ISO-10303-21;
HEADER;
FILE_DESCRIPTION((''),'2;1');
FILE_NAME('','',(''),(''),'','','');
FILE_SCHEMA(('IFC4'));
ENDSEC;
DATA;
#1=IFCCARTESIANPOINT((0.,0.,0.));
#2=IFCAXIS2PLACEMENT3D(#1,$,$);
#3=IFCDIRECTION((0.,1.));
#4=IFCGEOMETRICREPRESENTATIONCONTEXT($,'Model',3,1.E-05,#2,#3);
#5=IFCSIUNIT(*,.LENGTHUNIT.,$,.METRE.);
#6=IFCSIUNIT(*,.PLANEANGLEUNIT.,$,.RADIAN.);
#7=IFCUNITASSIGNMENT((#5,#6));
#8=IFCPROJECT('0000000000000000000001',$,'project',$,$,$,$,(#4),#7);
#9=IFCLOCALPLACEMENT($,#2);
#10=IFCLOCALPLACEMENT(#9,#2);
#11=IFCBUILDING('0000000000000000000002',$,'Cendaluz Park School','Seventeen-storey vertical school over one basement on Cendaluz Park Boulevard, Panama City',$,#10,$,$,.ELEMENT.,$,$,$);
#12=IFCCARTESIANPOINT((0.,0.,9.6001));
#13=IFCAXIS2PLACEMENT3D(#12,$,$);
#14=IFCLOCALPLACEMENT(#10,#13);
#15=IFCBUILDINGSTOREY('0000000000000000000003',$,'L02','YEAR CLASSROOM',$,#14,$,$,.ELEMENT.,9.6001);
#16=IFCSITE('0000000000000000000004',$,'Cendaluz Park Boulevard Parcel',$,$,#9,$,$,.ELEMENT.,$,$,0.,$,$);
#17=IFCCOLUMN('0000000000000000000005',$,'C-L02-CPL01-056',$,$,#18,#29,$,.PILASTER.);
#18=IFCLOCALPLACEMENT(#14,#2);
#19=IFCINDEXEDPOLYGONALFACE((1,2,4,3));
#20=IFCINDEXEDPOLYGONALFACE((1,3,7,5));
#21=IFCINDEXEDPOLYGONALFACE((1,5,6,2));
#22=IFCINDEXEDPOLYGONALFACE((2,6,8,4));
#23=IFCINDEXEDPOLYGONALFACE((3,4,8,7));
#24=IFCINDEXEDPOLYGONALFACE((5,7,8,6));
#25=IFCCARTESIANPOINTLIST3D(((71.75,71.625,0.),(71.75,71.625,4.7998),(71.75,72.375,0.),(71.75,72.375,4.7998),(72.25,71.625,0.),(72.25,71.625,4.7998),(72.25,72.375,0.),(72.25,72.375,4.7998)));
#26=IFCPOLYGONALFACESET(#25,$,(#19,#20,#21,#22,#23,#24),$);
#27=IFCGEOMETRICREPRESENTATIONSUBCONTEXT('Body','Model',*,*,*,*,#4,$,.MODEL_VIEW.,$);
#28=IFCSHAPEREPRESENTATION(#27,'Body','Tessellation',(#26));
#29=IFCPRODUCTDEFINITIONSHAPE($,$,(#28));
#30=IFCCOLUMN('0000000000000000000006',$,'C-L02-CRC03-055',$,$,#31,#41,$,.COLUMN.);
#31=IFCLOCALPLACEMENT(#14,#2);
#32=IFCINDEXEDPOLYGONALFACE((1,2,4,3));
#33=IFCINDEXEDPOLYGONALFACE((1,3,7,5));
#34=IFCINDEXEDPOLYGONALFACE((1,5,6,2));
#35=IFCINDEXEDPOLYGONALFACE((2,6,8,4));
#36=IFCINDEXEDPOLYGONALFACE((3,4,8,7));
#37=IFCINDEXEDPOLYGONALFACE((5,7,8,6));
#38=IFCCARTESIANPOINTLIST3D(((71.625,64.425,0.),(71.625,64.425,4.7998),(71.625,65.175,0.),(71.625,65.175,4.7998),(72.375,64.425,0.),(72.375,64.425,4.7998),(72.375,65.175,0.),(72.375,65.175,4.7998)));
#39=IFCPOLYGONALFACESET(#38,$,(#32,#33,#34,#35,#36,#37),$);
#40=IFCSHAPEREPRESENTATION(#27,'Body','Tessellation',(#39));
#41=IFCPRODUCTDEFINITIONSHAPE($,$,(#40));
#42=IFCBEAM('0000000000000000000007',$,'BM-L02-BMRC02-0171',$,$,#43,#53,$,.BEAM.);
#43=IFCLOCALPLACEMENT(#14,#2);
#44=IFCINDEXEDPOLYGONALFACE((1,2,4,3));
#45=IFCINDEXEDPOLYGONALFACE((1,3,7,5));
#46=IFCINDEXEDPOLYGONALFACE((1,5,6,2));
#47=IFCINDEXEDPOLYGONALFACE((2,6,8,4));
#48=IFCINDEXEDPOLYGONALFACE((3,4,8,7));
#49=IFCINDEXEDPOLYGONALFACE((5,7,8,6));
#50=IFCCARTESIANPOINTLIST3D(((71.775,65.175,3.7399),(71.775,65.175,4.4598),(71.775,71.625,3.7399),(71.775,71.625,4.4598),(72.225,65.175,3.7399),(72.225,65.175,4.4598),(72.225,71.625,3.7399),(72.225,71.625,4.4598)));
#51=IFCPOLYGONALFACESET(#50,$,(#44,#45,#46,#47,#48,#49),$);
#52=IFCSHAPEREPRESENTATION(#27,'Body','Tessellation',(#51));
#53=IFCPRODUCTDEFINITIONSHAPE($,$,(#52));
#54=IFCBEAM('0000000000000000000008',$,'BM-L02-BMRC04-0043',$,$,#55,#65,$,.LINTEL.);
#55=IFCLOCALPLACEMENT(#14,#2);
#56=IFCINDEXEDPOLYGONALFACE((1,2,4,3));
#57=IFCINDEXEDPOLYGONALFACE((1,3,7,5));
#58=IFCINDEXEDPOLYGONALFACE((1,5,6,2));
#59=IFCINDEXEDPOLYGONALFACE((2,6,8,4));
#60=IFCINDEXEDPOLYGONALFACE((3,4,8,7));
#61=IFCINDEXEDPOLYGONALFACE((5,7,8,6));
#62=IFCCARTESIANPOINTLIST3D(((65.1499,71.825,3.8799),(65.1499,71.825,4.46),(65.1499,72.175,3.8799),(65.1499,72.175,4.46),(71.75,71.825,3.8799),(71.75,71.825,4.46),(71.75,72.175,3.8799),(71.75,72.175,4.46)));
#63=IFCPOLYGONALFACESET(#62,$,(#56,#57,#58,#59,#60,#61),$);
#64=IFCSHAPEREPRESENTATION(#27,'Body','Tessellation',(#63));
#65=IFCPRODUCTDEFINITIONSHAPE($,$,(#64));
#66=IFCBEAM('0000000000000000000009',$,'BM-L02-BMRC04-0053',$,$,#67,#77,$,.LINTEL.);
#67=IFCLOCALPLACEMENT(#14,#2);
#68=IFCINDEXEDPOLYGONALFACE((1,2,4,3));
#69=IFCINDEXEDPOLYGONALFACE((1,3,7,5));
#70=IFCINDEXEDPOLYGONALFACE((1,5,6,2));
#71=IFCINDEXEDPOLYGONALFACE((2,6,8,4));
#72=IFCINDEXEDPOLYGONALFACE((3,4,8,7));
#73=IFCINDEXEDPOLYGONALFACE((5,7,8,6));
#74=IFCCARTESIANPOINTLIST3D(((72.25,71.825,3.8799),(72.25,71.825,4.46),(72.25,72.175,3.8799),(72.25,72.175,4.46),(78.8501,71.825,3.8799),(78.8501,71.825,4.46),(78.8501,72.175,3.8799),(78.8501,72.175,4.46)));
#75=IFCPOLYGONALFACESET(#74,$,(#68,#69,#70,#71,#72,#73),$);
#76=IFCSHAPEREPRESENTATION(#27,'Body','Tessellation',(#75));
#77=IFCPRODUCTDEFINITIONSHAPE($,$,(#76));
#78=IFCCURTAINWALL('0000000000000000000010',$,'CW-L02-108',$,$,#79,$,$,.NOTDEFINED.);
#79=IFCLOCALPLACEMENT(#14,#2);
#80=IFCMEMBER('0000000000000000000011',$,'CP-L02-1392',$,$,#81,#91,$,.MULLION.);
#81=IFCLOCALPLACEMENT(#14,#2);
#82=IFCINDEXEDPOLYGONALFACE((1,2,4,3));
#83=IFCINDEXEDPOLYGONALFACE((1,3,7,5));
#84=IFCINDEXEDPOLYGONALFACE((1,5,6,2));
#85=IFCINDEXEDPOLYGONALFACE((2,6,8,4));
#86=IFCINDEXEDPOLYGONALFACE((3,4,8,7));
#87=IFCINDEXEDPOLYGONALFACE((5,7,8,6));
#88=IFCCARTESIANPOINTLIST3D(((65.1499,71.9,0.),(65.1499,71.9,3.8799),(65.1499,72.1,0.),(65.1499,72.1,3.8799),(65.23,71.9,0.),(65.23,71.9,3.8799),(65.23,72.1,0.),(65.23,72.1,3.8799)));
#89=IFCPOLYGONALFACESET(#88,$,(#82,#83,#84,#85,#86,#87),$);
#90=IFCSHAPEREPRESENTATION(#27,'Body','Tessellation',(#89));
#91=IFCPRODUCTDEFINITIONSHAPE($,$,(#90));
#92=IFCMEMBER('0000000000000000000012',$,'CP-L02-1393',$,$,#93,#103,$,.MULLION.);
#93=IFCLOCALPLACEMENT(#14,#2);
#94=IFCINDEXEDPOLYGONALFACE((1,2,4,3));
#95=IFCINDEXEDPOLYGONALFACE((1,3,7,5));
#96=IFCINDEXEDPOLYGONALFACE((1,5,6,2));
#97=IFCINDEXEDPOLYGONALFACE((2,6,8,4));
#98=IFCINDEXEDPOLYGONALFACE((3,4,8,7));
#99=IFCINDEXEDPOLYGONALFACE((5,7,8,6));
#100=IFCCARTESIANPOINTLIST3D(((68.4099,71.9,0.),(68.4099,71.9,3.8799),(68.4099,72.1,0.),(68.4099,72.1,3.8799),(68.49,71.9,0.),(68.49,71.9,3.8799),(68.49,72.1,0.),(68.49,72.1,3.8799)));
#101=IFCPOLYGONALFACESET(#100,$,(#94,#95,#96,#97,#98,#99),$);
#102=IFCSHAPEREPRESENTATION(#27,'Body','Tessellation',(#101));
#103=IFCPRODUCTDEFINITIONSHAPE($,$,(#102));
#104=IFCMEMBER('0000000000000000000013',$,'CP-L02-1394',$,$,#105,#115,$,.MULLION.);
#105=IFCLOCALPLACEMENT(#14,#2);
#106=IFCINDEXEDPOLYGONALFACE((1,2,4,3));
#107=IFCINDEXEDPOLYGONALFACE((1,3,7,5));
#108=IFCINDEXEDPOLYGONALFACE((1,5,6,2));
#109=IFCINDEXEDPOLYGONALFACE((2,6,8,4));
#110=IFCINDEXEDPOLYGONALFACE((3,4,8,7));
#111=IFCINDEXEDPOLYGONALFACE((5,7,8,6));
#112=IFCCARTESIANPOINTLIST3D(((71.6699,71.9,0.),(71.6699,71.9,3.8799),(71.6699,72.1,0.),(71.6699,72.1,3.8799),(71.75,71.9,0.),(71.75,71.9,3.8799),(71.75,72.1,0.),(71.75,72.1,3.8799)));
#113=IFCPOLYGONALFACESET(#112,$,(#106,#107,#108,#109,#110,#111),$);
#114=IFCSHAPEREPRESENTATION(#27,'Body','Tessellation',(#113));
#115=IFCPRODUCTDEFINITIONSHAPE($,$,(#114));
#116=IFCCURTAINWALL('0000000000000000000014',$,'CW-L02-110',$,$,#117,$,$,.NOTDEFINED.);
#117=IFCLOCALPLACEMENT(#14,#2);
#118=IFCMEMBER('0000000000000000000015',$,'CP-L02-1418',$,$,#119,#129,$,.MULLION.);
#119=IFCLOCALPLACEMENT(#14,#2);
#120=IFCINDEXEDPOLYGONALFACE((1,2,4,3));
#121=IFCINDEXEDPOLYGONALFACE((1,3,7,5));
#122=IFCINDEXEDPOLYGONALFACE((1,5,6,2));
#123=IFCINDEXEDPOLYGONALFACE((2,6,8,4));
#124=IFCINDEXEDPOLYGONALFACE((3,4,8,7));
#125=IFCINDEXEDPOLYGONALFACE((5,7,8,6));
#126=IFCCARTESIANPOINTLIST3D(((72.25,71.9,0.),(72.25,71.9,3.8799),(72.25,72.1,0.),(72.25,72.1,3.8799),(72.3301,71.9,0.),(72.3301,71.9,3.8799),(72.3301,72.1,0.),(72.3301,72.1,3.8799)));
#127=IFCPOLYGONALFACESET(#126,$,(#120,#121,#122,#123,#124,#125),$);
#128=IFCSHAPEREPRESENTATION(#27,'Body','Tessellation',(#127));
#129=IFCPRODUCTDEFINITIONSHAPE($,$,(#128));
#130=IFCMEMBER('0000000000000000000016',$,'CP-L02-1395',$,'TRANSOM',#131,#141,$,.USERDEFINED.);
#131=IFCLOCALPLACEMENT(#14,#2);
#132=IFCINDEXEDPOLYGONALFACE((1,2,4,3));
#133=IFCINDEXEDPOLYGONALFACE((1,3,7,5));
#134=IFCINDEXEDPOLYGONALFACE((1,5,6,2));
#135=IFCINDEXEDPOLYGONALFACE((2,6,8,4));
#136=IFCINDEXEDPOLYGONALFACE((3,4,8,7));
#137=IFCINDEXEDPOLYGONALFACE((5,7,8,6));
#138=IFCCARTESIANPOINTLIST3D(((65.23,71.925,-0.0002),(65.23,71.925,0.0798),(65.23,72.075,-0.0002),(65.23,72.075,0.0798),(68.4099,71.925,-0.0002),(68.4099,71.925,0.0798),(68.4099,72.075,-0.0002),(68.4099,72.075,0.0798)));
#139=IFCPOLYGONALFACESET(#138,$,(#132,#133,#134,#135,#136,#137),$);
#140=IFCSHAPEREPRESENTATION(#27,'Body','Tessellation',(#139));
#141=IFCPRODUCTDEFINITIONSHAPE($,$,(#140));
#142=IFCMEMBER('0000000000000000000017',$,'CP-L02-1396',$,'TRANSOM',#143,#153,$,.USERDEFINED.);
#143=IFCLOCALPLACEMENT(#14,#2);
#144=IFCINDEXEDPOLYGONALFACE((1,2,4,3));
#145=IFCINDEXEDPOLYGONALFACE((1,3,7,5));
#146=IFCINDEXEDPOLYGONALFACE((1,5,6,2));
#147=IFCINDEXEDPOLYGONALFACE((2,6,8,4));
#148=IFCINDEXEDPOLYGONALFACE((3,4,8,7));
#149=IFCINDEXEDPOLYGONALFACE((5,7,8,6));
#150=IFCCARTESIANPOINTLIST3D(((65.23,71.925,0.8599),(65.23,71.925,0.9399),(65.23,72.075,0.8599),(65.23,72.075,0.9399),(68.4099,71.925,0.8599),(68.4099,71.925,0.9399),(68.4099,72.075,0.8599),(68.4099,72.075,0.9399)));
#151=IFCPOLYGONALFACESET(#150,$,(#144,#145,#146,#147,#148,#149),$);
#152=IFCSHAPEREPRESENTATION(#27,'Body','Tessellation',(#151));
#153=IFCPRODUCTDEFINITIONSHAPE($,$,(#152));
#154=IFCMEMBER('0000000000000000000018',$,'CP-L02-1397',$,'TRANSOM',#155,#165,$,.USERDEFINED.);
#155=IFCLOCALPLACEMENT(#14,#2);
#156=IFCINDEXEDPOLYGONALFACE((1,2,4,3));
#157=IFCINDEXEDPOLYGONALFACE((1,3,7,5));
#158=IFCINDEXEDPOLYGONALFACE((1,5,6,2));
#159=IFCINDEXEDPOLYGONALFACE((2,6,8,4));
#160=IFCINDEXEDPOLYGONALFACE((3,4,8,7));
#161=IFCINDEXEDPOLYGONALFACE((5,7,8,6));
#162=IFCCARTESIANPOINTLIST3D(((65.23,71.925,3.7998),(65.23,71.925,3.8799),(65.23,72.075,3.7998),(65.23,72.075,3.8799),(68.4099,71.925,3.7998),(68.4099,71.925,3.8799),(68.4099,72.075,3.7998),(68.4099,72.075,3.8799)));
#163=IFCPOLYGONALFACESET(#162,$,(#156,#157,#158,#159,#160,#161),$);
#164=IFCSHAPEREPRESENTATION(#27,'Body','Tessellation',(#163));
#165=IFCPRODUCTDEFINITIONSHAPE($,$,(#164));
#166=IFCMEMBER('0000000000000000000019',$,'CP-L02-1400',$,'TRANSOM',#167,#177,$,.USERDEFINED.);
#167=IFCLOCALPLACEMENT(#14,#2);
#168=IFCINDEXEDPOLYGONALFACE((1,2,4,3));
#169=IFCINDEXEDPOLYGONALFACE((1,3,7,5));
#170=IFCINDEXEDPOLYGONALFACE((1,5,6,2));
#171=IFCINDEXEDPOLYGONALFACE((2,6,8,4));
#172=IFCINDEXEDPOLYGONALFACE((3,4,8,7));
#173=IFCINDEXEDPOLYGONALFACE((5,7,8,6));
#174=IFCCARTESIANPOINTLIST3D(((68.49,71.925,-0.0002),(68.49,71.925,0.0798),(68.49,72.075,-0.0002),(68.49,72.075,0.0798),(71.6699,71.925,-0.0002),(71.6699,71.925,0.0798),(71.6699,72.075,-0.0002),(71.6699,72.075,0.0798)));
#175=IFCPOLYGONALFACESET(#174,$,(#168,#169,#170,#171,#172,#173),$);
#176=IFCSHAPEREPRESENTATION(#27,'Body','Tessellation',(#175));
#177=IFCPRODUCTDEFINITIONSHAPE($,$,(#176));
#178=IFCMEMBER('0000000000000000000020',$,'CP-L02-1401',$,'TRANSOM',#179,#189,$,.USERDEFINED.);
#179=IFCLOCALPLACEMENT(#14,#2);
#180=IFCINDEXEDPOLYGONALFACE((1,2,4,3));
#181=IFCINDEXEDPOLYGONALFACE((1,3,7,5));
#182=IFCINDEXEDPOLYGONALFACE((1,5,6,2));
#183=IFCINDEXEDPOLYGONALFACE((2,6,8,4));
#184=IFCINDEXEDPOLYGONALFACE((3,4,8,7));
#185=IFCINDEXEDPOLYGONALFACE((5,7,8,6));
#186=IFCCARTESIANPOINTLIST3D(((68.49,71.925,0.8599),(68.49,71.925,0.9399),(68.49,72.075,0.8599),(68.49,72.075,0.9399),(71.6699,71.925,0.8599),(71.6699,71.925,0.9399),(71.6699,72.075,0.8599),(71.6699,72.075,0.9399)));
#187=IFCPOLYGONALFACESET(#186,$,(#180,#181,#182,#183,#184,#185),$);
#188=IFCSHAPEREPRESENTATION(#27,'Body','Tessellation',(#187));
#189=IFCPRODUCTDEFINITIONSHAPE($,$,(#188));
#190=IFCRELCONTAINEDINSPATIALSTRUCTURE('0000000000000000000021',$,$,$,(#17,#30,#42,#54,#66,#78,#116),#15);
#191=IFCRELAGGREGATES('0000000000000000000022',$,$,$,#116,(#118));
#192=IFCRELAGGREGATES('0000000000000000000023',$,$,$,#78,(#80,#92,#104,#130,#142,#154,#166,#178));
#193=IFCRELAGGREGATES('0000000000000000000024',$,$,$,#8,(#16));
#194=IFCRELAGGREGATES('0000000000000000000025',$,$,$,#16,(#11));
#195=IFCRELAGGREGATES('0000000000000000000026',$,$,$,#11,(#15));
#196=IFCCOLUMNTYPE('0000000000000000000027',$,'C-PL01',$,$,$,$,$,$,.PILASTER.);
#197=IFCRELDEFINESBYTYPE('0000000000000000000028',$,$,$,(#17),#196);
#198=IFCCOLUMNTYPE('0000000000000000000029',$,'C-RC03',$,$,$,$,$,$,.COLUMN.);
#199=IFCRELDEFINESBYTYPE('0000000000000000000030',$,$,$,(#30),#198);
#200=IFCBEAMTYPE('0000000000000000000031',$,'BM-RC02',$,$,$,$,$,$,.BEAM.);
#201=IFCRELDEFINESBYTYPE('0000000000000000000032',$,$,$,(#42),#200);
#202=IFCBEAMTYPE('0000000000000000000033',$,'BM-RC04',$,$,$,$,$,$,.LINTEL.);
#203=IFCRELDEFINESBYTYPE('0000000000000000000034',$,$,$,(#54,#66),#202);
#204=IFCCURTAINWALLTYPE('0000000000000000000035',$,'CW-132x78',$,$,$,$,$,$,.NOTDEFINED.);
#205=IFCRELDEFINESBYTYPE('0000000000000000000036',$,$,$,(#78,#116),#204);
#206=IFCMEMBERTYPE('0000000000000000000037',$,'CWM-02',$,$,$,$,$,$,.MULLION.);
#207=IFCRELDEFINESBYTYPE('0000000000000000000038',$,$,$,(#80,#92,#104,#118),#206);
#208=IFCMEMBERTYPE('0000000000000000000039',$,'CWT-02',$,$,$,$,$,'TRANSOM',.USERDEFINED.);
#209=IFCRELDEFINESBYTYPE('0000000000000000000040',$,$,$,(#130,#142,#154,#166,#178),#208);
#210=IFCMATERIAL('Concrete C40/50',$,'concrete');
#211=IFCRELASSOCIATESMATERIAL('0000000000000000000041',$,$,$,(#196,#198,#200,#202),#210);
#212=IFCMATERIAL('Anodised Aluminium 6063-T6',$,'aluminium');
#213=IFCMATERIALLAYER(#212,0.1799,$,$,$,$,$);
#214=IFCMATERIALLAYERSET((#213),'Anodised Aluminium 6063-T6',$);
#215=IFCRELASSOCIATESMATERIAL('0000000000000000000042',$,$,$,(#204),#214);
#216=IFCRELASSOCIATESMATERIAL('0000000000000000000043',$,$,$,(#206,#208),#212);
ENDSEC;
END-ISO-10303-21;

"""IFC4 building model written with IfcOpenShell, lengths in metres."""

from ifc_helpers import new_model, si_unit, direction, frame, origin, origin_2d, place, context, subcontext, project, spatial, rectangle, extrude, material, layer, layer_set, material_profile, profile_set, type_object, element, aggregate, save


model = new_model("IFC4")

# Units and contexts
model_context = context("Model", 3, precision=1e-05, world=origin(), true_north=direction((0.0, 1.0)))
body_context = subcontext(model_context, "Body", "Model", "MODEL_VIEW")
ifc_project = project(units=[si_unit("LENGTHUNIT", "METRE"), si_unit("PLANEANGLEUNIT", "RADIAN")], contexts=[model_context])

# Site, building, storey
site_placement = place(None, origin())
site = spatial("IfcSite", under=ifc_project, at=site_placement, Name="Cendaluz Park Boulevard Parcel", CompositionType="ELEMENT", RefElevation=0.0)
building_placement = place(site_placement, origin())
building = spatial("IfcBuilding", under=site, at=building_placement, Name="Cendaluz Park School", Description="Seventeen-storey vertical school over one basement on Cendaluz Park Boulevard, Panama City", CompositionType="ELEMENT")
storey_placement = place(building_placement, frame((0.0, 0.0, 9.6001)))
storey = spatial("IfcBuildingStorey", under=building, at=storey_placement, Name="L02", Description="YEAR CLASSROOM", CompositionType="ELEMENT", Elevation=9.6001)

# Columns
ifc_material_1 = material(Name="Concrete C40/50", Category="concrete")
ifc_material_profile_1 = material_profile(ifc_material_1, rectangle(XDim=0.5, YDim=0.75, at=origin_2d()), Name="RC 500x750", Category="concrete")
ifc_profile_set_1 = profile_set([ifc_material_profile_1], Name="Concrete C40/50")
column_type_1 = type_object("IfcColumnType", Name="C-PL01", PredefinedType="PILASTER", material=ifc_profile_set_1)
column_1_placement = place(storey_placement, frame((72.0, 72.0, 0.0), z_axis=(0.0, 0.0, 1.0), x_axis=(1.0, 0.0, 0.0)))
element("IfcColumn", 1, at=column_1_placement, inside=storey, type_object=column_type_1, Name="C-L02-CPL01-056", PredefinedType="PILASTER", context=body_context, shape_type="SweptSolid", body=[
    extrude(rectangle(XDim=0.5, YDim=0.75, at=origin_2d()), origin(), (0.0, 0.0, 1.0), 4.7998),
])
ifc_material_profile_2 = material_profile(ifc_material_1, rectangle(XDim=0.75, YDim=0.75, at=origin_2d()), Name="RC 750x750", Category="concrete")
ifc_profile_set_2 = profile_set([ifc_material_profile_2], Name="Concrete C40/50")
column_type_2 = type_object("IfcColumnType", Name="C-RC03", PredefinedType="COLUMN", material=ifc_profile_set_2)
column_2_placement = place(storey_placement, frame((72.0, 64.8, 0.0), z_axis=(0.0, 0.0, 1.0), x_axis=(1.0, 0.0, 0.0)))
element("IfcColumn", 2, at=column_2_placement, inside=storey, type_object=column_type_2, Name="C-L02-CRC03-055", PredefinedType="COLUMN", context=body_context, shape_type="SweptSolid", body=[
    extrude(rectangle(XDim=0.75, YDim=0.75, at=origin_2d()), origin(), (0.0, 0.0, 1.0), 4.7998),
])

# Beams
ifc_material_profile_3 = material_profile(ifc_material_1, rectangle(XDim=0.45, YDim=0.72, at=origin_2d()), Name="RC 450x720", Category="concrete")
ifc_profile_set_3 = profile_set([ifc_material_profile_3], Name="Concrete C40/50")
beam_type_1 = type_object("IfcBeamType", Name="BM-RC02", PredefinedType="BEAM", material=ifc_profile_set_3)
beam_placement = place(storey_placement, frame((72.0, 65.175, 4.0999), z_axis=(0.0, 1.0, 0.0), x_axis=(-1.0, 0.0, 0.0)))
element("IfcBeam", 3, at=beam_placement, inside=storey, type_object=beam_type_1, Name="BM-L02-BMRC02-0171", PredefinedType="BEAM", context=body_context, shape_type="SweptSolid", body=[
    extrude(rectangle(XDim=0.45, YDim=0.72, at=origin_2d()), origin(), (0.0, 0.0, 1.0), 6.45),
])
ifc_material_profile_4 = material_profile(ifc_material_1, rectangle(XDim=0.3501, YDim=0.5801, at=origin_2d()), Name="RC 350x580", Category="concrete")
ifc_profile_set_4 = profile_set([ifc_material_profile_4], Name="Concrete C40/50")
beam_type_2 = type_object("IfcBeamType", Name="BM-RC04", PredefinedType="LINTEL", material=ifc_profile_set_4)
for number, where, z_axis, x_axis, name in (
    (4, (65.1499, 72.0, 4.1699), (1.0, 0.0, 0.0), (0.0, 1.0, 0.0), "BM-L02-BMRC04-0043"),
    (5, (72.25, 72.0, 4.1699), (1.0, 0.0, 0.0), (0.0, 1.0, 0.0), "BM-L02-BMRC04-0053"),
):
    element("IfcBeam", number, at=place(storey_placement, frame(where, z_axis=z_axis, x_axis=x_axis)), inside=storey, type_object=beam_type_2, Name=name, PredefinedType="LINTEL", context=body_context, shape_type="SweptSolid", body=[
        extrude(rectangle(XDim=0.3501, YDim=0.5801, at=origin_2d()), origin(), (0.0, 0.0, 1.0), 6.6001),
    ])

# Curtain wall, members
ifc_material_2 = material(Name="Anodised Aluminium 6063-T6", Category="aluminium")
ifc_layer_1 = layer(ifc_material_2, 0.1799)
ifc_layer_set_1 = layer_set([ifc_layer_1], Name="Anodised Aluminium 6063-T6")
curtain_wall_type = type_object("IfcCurtainWallType", Name="CW-132x78", PredefinedType="NOTDEFINED", material=ifc_layer_set_1)
curtain_wall_1_placement = place(storey_placement, origin())
curtain_wall_1 = element("IfcCurtainWall", 6, at=curtain_wall_1_placement, inside=storey, type_object=curtain_wall_type, Name="CW-L02-108", PredefinedType="NOTDEFINED")
ifc_material_profile_5 = material_profile(ifc_material_2, rectangle(XDim=0.2, YDim=0.0801, at=origin_2d()), Name="CWM 200x80", Category="aluminium")
ifc_profile_set_5 = profile_set([ifc_material_profile_5], Name="Anodised Aluminium 6063-T6")
member_type_1 = type_object("IfcMemberType", Name="CWM-02", PredefinedType="MULLION", material=ifc_profile_set_5)
member_1_placement = place(storey_placement, frame((65.1899, 72.0, 0.0), z_axis=(0.0, 0.0, 1.0), x_axis=(0.0, 1.0, 0.0)))
member_1 = element("IfcMember", 7, at=member_1_placement, type_object=member_type_1, Name="CP-L02-1392", PredefinedType="MULLION", context=body_context, shape_type="SweptSolid", body=[
    extrude(rectangle(XDim=0.2, YDim=0.0801, at=origin_2d()), origin(), (0.0, 0.0, 1.0), 3.8799),
])
member_2_placement = place(storey_placement, frame((68.45, 72.0, 0.0), z_axis=(0.0, 0.0, 1.0), x_axis=(0.0, 1.0, 0.0)))
member_2 = element("IfcMember", 8, at=member_2_placement, type_object=member_type_1, Name="CP-L02-1393", PredefinedType="MULLION", context=body_context, shape_type="SweptSolid", body=[
    extrude(rectangle(XDim=0.2, YDim=0.0801, at=origin_2d()), origin(), (0.0, 0.0, 1.0), 3.8799),
])
member_3_placement = place(storey_placement, frame((71.71, 72.0, 0.0), z_axis=(0.0, 0.0, 1.0), x_axis=(0.0, 1.0, 0.0)))
member_3 = element("IfcMember", 9, at=member_3_placement, type_object=member_type_1, Name="CP-L02-1394", PredefinedType="MULLION", context=body_context, shape_type="SweptSolid", body=[
    extrude(rectangle(XDim=0.2, YDim=0.0801, at=origin_2d()), origin(), (0.0, 0.0, 1.0), 3.8799),
])

# Curtain wall, member
curtain_wall_2_placement = place(storey_placement, origin())
curtain_wall_2 = element("IfcCurtainWall", 10, at=curtain_wall_2_placement, inside=storey, type_object=curtain_wall_type, Name="CW-L02-110", PredefinedType="NOTDEFINED")
member_4_placement = place(storey_placement, frame((72.29, 72.0, 0.0), z_axis=(0.0, 0.0, 1.0), x_axis=(0.0, 1.0, 0.0)))
member_4 = element("IfcMember", 11, at=member_4_placement, type_object=member_type_1, Name="CP-L02-1418", PredefinedType="MULLION", context=body_context, shape_type="SweptSolid", body=[
    extrude(rectangle(XDim=0.2, YDim=0.0801, at=origin_2d()), origin(), (0.0, 0.0, 1.0), 3.8799),
])
aggregate(curtain_wall_2, [member_4])

# Members
ifc_material_profile_6 = material_profile(ifc_material_2, rectangle(XDim=0.1499, YDim=0.0801, at=origin_2d()), Name="CWT 150x80", Category="aluminium")
ifc_profile_set_6 = profile_set([ifc_material_profile_6], Name="Anodised Aluminium 6063-T6")
member_type_2 = type_object("IfcMemberType", Name="CWT-02", ElementType="TRANSOM", PredefinedType="USERDEFINED", material=ifc_profile_set_6)
member_5_placement = place(storey_placement, frame((65.23, 72.0, 0.0398), z_axis=(1.0, 0.0, 0.0), x_axis=(0.0, 1.0, 0.0)))
member_5 = element("IfcMember", 12, at=member_5_placement, type_object=member_type_2, Name="CP-L02-1395", ObjectType="TRANSOM", PredefinedType="USERDEFINED", context=body_context, shape_type="SweptSolid", body=[
    extrude(rectangle(XDim=0.1499, YDim=0.0801, at=origin_2d()), origin(), (0.0, 0.0, 1.0), 3.1799),
])
member_6_placement = place(storey_placement, frame((65.23, 72.0, 0.8999), z_axis=(1.0, 0.0, 0.0), x_axis=(0.0, 1.0, 0.0)))
member_6 = element("IfcMember", 13, at=member_6_placement, type_object=member_type_2, Name="CP-L02-1396", ObjectType="TRANSOM", PredefinedType="USERDEFINED", context=body_context, shape_type="SweptSolid", body=[
    extrude(rectangle(XDim=0.1499, YDim=0.0801, at=origin_2d()), origin(), (0.0, 0.0, 1.0), 3.1799),
])
member_7_placement = place(storey_placement, frame((65.23, 72.0, 3.8398), z_axis=(1.0, 0.0, 0.0), x_axis=(0.0, 1.0, 0.0)))
member_7 = element("IfcMember", 14, at=member_7_placement, type_object=member_type_2, Name="CP-L02-1397", ObjectType="TRANSOM", PredefinedType="USERDEFINED", context=body_context, shape_type="SweptSolid", body=[
    extrude(rectangle(XDim=0.1499, YDim=0.0801, at=origin_2d()), origin(), (0.0, 0.0, 1.0), 3.1799),
])
member_8_placement = place(storey_placement, frame((68.49, 72.0, 0.0398), z_axis=(1.0, 0.0, 0.0), x_axis=(0.0, 1.0, 0.0)))
member_8 = element("IfcMember", 15, at=member_8_placement, type_object=member_type_2, Name="CP-L02-1400", ObjectType="TRANSOM", PredefinedType="USERDEFINED", context=body_context, shape_type="SweptSolid", body=[
    extrude(rectangle(XDim=0.1499, YDim=0.0801, at=origin_2d()), origin(), (0.0, 0.0, 1.0), 3.1799),
])
member_9_placement = place(storey_placement, frame((68.49, 72.0, 0.8999), z_axis=(1.0, 0.0, 0.0), x_axis=(0.0, 1.0, 0.0)))
member_9 = element("IfcMember", 16, at=member_9_placement, type_object=member_type_2, Name="CP-L02-1401", ObjectType="TRANSOM", PredefinedType="USERDEFINED", context=body_context, shape_type="SweptSolid", body=[
    extrude(rectangle(XDim=0.1499, YDim=0.0801, at=origin_2d()), origin(), (0.0, 0.0, 1.0), 3.1799),
])

aggregate(curtain_wall_1, [member_1, member_2, member_3, member_5, member_6, member_7, member_8, member_9])

save(model, "model.ifc")
